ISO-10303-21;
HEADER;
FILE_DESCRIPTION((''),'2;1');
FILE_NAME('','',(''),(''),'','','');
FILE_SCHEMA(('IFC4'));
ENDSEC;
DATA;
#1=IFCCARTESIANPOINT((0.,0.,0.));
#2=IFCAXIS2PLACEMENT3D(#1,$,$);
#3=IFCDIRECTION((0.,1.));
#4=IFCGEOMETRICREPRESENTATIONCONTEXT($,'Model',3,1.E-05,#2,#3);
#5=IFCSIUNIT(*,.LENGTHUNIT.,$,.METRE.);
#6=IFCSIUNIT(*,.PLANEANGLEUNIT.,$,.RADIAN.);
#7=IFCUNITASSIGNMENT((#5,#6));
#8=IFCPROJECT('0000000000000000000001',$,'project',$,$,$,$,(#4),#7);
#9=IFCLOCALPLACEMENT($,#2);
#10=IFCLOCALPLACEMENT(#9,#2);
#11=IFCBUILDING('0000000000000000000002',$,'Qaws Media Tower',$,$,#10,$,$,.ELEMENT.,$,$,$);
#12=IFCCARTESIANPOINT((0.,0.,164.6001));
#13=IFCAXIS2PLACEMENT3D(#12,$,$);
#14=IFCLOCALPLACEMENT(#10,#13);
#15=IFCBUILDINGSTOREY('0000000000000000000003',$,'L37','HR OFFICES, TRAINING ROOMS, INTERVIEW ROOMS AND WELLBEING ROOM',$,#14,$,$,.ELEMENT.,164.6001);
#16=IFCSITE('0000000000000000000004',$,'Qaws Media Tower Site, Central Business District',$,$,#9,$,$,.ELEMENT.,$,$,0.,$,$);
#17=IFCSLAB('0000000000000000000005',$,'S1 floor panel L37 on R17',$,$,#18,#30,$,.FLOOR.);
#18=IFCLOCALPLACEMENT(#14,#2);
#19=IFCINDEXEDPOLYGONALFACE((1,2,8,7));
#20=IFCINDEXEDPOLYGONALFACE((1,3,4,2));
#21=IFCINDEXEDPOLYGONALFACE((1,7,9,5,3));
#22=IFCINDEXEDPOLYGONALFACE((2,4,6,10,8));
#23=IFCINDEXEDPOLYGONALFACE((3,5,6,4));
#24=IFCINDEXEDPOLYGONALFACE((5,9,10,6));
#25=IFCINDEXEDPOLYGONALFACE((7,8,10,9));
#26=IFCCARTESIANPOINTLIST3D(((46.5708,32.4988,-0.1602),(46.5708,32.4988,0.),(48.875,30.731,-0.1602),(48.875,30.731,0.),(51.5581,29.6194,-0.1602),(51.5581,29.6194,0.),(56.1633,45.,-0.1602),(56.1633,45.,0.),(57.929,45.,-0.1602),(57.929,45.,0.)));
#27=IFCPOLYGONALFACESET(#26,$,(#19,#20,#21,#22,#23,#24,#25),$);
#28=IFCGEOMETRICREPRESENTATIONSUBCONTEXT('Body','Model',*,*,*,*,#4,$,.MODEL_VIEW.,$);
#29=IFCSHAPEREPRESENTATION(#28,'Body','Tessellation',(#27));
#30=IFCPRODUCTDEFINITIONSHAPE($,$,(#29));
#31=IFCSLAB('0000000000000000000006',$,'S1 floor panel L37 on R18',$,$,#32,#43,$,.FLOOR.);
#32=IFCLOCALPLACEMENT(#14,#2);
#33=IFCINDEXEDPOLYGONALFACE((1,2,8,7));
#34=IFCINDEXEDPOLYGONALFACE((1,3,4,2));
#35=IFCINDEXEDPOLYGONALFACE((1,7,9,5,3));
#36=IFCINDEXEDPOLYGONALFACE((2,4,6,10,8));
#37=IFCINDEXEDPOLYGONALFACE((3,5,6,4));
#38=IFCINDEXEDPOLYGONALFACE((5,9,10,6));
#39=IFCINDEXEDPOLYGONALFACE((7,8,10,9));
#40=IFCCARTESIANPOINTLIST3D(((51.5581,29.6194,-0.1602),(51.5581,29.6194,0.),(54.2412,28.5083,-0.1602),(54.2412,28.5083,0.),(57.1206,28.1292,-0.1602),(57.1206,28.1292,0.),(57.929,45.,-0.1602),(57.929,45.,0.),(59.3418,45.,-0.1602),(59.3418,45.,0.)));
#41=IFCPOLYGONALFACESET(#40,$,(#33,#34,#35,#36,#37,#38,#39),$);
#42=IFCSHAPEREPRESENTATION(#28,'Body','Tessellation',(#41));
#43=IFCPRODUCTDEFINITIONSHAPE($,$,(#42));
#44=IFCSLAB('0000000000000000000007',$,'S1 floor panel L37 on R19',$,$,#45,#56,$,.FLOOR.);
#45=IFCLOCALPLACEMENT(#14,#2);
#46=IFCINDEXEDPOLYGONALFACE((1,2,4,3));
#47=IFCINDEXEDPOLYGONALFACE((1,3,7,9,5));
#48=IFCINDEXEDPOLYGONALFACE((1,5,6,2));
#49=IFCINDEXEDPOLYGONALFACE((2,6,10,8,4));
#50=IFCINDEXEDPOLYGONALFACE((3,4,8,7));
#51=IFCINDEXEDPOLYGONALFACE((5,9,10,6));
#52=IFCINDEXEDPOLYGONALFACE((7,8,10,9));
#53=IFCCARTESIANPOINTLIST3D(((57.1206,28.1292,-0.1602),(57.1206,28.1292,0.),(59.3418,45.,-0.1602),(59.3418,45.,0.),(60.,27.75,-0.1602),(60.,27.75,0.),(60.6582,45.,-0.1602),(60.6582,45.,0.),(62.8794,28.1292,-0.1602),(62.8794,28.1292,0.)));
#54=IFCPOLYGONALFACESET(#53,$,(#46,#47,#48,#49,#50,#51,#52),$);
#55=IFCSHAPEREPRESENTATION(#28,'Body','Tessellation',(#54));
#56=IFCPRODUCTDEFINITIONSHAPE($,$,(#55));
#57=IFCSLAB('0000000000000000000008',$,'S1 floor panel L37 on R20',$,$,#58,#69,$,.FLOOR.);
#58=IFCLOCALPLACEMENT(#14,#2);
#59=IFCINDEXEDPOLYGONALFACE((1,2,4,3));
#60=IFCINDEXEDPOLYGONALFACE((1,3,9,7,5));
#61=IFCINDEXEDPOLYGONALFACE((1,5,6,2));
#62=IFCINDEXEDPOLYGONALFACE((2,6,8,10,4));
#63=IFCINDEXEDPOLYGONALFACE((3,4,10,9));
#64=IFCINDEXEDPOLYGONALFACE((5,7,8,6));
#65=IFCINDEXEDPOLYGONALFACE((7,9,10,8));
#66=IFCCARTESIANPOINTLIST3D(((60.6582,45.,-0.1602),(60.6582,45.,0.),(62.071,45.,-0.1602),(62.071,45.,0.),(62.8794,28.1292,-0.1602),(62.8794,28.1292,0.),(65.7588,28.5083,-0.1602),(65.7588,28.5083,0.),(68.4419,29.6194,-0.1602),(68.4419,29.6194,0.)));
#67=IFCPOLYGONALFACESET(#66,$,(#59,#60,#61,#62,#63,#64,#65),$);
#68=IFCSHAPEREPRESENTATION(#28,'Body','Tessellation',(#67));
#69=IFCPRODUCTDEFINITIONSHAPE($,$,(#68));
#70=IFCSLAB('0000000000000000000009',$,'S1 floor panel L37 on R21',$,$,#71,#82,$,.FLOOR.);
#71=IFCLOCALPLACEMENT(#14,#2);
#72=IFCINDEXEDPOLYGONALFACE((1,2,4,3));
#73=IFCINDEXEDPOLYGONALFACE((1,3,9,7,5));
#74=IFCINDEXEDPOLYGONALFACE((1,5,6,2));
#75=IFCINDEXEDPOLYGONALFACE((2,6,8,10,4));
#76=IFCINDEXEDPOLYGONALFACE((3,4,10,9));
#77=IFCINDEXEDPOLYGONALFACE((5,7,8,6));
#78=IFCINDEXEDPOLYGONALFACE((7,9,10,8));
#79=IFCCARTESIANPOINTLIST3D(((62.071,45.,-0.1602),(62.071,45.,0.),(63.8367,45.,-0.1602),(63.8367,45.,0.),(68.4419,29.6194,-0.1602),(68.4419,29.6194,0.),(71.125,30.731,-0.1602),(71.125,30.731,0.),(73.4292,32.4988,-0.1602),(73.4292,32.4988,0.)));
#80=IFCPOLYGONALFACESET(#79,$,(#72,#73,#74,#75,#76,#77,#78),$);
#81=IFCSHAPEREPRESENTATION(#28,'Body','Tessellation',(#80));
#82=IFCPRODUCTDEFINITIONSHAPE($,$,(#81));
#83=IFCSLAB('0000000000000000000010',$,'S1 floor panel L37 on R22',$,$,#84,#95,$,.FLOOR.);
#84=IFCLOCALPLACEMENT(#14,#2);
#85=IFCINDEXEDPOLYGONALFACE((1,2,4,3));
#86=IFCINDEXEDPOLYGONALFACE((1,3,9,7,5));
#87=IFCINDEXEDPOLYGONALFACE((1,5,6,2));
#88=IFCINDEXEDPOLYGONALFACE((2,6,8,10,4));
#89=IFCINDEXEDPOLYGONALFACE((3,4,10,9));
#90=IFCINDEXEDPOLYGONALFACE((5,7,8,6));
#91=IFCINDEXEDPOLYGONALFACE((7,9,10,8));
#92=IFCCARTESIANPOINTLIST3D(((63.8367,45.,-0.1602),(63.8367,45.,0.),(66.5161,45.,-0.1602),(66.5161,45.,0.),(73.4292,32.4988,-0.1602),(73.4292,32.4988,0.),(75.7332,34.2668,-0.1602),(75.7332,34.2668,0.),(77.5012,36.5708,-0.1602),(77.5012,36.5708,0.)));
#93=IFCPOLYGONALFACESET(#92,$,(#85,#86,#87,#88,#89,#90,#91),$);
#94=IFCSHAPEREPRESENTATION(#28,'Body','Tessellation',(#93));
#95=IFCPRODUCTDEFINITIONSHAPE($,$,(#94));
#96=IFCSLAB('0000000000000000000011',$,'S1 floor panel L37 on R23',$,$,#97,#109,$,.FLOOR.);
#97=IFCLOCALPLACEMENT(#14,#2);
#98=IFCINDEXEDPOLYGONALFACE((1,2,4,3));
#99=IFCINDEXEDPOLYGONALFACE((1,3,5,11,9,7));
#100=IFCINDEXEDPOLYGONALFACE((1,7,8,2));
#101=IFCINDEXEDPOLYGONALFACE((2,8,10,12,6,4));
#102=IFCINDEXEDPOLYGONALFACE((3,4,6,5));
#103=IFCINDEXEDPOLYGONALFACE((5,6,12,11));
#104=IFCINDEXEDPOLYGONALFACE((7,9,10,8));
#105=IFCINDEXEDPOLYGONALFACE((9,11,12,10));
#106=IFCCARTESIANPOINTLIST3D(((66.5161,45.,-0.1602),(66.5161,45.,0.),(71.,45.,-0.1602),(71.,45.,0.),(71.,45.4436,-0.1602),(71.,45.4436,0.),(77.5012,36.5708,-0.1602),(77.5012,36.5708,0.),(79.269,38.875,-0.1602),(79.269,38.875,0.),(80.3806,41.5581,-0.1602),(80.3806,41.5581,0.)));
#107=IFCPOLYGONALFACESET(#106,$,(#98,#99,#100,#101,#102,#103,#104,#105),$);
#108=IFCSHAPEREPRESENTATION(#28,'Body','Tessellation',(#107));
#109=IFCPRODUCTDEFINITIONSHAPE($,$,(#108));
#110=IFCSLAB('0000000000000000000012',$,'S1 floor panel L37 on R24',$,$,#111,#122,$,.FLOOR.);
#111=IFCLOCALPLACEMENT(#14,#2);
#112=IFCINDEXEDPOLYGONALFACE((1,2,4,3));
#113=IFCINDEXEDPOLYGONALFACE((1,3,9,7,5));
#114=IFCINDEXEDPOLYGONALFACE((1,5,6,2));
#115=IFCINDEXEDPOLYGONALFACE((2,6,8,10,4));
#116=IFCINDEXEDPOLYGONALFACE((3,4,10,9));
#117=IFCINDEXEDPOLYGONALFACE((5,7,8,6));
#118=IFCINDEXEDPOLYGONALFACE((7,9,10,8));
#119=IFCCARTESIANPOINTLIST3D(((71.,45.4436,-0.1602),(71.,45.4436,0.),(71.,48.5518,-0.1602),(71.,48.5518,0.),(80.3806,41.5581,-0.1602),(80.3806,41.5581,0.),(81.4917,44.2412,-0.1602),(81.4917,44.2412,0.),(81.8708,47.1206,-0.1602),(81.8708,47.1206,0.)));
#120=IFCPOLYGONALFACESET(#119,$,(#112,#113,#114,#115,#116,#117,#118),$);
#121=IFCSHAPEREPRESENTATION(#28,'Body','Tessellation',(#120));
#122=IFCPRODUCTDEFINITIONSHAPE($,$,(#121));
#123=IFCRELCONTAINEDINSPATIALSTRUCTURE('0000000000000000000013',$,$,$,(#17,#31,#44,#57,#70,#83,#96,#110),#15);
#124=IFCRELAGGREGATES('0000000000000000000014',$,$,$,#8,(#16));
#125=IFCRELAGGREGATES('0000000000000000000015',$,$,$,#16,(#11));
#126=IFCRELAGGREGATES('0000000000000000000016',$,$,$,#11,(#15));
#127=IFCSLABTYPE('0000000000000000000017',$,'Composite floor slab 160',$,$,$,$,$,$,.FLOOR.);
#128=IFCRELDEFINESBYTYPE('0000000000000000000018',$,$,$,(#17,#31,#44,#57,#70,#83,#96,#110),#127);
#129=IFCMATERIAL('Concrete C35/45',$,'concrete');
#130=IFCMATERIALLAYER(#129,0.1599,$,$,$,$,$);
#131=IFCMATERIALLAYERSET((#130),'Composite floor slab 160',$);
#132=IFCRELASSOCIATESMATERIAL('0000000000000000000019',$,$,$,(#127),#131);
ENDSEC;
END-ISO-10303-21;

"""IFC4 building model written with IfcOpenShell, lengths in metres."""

from ifc_helpers import new_model, si_unit, direction, frame, origin, place, context, subcontext, project, spatial, polyline, outline, extrude, material, layer, layer_set, type_object, element, save


model = new_model("IFC4")

# Units and contexts
model_context = context("Model", 3, precision=1e-05, world=origin(), true_north=direction((0.0, 1.0)))
body_context = subcontext(model_context, "Body", "Model", "MODEL_VIEW")
ifc_project = project(units=[si_unit("LENGTHUNIT", "METRE"), si_unit("PLANEANGLEUNIT", "RADIAN")], contexts=[model_context])

# Site, building, storey
site_placement = place(None, origin())
site = spatial("IfcSite", under=ifc_project, at=site_placement, Name="Qaws Media Tower Site, Central Business District", CompositionType="ELEMENT", RefElevation=0.0)
building_placement = place(site_placement, origin())
building = spatial("IfcBuilding", under=site, at=building_placement, Name="Qaws Media Tower", CompositionType="ELEMENT")
storey_placement = place(building_placement, frame((0.0, 0.0, 164.6001)))
storey = spatial("IfcBuildingStorey", under=building, at=storey_placement, Name="L37", Description="HR OFFICES, TRAINING ROOMS, INTERVIEW ROOMS AND WELLBEING ROOM", CompositionType="ELEMENT", Elevation=164.6001)

# Slabs
ifc_material_1 = material(Name="Concrete C35/45", Category="concrete")
ifc_layer_1 = layer(ifc_material_1, 0.1599)
ifc_layer_set_1 = layer_set([ifc_layer_1], Name="Composite floor slab 160")
slab_type_1 = type_object("IfcSlabType", Name="Composite floor slab 160", PredefinedType="FLOOR", material=ifc_layer_set_1)
slab_1_placement = place(storey_placement, frame((0.0, 0.0, -0.1602)))
element("IfcSlab", 1, at=slab_1_placement, inside=storey, type_object=slab_type_1, Name="S1 floor panel L37 on R17", PredefinedType="FLOOR", context=body_context, shape_type="SweptSolid", body=[
    extrude(outline(polyline([(48.875, 30.731), (46.5708, 32.4988), (56.1633, 45.0), (57.929, 45.0), (51.5581, 29.6194), (48.875, 30.731)])), origin(), (0.0, 0.0, 1.0), 0.1602),
])
slab_2_placement = place(storey_placement, frame((0.0, 0.0, -0.1602)))
element("IfcSlab", 2, at=slab_2_placement, inside=storey, type_object=slab_type_1, Name="S1 floor panel L37 on R18", PredefinedType="FLOOR", context=body_context, shape_type="SweptSolid", body=[
    extrude(outline(polyline([(54.2412, 28.5083), (51.5581, 29.6194), (57.929, 45.0), (59.3418, 45.0), (57.1206, 28.1292), (54.2412, 28.5083)])), origin(), (0.0, 0.0, 1.0), 0.1602),
])
slab_3_placement = place(storey_placement, frame((0.0, 0.0, -0.1602)))
element("IfcSlab", 3, at=slab_3_placement, inside=storey, type_object=slab_type_1, Name="S1 floor panel L37 on R19", PredefinedType="FLOOR", context=body_context, shape_type="SweptSolid", body=[
    extrude(outline(polyline([(60.0, 27.75), (57.1206, 28.1292), (59.3418, 45.0), (60.6582, 45.0), (62.8794, 28.1292), (60.0, 27.75)])), origin(), (0.0, 0.0, 1.0), 0.1602),
])
slab_4_placement = place(storey_placement, frame((0.0, 0.0, -0.1602)))
element("IfcSlab", 4, at=slab_4_placement, inside=storey, type_object=slab_type_1, Name="S1 floor panel L37 on R20", PredefinedType="FLOOR", context=body_context, shape_type="SweptSolid", body=[
    extrude(outline(polyline([(65.7588, 28.5083), (62.8794, 28.1292), (60.6582, 45.0), (62.071, 45.0), (68.4419, 29.6194), (65.7588, 28.5083)])), origin(), (0.0, 0.0, 1.0), 0.1602),
])
slab_5_placement = place(storey_placement, frame((0.0, 0.0, -0.1602)))
element("IfcSlab", 5, at=slab_5_placement, inside=storey, type_object=slab_type_1, Name="S1 floor panel L37 on R21", PredefinedType="FLOOR", context=body_context, shape_type="SweptSolid", body=[
    extrude(outline(polyline([(71.125, 30.731), (68.4419, 29.6194), (62.071, 45.0), (63.8367, 45.0), (73.4292, 32.4988), (71.125, 30.731)])), origin(), (0.0, 0.0, 1.0), 0.1602),
])
slab_6_placement = place(storey_placement, frame((0.0, 0.0, -0.1602)))
element("IfcSlab", 6, at=slab_6_placement, inside=storey, type_object=slab_type_1, Name="S1 floor panel L37 on R22", PredefinedType="FLOOR", context=body_context, shape_type="SweptSolid", body=[
    extrude(outline(polyline([(75.7332, 34.2668), (73.4292, 32.4988), (63.8367, 45.0), (66.5161, 45.0), (77.5012, 36.5708), (75.7332, 34.2668)])), origin(), (0.0, 0.0, 1.0), 0.1602),
])
slab_7_placement = place(storey_placement, frame((0.0, 0.0, -0.1602)))
element("IfcSlab", 7, at=slab_7_placement, inside=storey, type_object=slab_type_1, Name="S1 floor panel L37 on R23", PredefinedType="FLOOR", context=body_context, shape_type="SweptSolid", body=[
    extrude(outline(polyline([(79.269, 38.875), (77.5012, 36.5708), (66.5161, 45.0), (71.0, 45.0), (71.0, 45.4436), (80.3806, 41.5581), (79.269, 38.875)])), origin(), (0.0, 0.0, 1.0), 0.1602),
])
slab_8_placement = place(storey_placement, frame((0.0, 0.0, -0.1602)))
element("IfcSlab", 8, at=slab_8_placement, inside=storey, type_object=slab_type_1, Name="S1 floor panel L37 on R24", PredefinedType="FLOOR", context=body_context, shape_type="SweptSolid", body=[
    extrude(outline(polyline([(80.3806, 41.5581), (71.0, 45.4436), (71.0, 48.5518), (81.8708, 47.1206), (81.4917, 44.2412), (80.3806, 41.5581)])), origin(), (0.0, 0.0, 1.0), 0.1602),
])

save(model, "model.ifc")
